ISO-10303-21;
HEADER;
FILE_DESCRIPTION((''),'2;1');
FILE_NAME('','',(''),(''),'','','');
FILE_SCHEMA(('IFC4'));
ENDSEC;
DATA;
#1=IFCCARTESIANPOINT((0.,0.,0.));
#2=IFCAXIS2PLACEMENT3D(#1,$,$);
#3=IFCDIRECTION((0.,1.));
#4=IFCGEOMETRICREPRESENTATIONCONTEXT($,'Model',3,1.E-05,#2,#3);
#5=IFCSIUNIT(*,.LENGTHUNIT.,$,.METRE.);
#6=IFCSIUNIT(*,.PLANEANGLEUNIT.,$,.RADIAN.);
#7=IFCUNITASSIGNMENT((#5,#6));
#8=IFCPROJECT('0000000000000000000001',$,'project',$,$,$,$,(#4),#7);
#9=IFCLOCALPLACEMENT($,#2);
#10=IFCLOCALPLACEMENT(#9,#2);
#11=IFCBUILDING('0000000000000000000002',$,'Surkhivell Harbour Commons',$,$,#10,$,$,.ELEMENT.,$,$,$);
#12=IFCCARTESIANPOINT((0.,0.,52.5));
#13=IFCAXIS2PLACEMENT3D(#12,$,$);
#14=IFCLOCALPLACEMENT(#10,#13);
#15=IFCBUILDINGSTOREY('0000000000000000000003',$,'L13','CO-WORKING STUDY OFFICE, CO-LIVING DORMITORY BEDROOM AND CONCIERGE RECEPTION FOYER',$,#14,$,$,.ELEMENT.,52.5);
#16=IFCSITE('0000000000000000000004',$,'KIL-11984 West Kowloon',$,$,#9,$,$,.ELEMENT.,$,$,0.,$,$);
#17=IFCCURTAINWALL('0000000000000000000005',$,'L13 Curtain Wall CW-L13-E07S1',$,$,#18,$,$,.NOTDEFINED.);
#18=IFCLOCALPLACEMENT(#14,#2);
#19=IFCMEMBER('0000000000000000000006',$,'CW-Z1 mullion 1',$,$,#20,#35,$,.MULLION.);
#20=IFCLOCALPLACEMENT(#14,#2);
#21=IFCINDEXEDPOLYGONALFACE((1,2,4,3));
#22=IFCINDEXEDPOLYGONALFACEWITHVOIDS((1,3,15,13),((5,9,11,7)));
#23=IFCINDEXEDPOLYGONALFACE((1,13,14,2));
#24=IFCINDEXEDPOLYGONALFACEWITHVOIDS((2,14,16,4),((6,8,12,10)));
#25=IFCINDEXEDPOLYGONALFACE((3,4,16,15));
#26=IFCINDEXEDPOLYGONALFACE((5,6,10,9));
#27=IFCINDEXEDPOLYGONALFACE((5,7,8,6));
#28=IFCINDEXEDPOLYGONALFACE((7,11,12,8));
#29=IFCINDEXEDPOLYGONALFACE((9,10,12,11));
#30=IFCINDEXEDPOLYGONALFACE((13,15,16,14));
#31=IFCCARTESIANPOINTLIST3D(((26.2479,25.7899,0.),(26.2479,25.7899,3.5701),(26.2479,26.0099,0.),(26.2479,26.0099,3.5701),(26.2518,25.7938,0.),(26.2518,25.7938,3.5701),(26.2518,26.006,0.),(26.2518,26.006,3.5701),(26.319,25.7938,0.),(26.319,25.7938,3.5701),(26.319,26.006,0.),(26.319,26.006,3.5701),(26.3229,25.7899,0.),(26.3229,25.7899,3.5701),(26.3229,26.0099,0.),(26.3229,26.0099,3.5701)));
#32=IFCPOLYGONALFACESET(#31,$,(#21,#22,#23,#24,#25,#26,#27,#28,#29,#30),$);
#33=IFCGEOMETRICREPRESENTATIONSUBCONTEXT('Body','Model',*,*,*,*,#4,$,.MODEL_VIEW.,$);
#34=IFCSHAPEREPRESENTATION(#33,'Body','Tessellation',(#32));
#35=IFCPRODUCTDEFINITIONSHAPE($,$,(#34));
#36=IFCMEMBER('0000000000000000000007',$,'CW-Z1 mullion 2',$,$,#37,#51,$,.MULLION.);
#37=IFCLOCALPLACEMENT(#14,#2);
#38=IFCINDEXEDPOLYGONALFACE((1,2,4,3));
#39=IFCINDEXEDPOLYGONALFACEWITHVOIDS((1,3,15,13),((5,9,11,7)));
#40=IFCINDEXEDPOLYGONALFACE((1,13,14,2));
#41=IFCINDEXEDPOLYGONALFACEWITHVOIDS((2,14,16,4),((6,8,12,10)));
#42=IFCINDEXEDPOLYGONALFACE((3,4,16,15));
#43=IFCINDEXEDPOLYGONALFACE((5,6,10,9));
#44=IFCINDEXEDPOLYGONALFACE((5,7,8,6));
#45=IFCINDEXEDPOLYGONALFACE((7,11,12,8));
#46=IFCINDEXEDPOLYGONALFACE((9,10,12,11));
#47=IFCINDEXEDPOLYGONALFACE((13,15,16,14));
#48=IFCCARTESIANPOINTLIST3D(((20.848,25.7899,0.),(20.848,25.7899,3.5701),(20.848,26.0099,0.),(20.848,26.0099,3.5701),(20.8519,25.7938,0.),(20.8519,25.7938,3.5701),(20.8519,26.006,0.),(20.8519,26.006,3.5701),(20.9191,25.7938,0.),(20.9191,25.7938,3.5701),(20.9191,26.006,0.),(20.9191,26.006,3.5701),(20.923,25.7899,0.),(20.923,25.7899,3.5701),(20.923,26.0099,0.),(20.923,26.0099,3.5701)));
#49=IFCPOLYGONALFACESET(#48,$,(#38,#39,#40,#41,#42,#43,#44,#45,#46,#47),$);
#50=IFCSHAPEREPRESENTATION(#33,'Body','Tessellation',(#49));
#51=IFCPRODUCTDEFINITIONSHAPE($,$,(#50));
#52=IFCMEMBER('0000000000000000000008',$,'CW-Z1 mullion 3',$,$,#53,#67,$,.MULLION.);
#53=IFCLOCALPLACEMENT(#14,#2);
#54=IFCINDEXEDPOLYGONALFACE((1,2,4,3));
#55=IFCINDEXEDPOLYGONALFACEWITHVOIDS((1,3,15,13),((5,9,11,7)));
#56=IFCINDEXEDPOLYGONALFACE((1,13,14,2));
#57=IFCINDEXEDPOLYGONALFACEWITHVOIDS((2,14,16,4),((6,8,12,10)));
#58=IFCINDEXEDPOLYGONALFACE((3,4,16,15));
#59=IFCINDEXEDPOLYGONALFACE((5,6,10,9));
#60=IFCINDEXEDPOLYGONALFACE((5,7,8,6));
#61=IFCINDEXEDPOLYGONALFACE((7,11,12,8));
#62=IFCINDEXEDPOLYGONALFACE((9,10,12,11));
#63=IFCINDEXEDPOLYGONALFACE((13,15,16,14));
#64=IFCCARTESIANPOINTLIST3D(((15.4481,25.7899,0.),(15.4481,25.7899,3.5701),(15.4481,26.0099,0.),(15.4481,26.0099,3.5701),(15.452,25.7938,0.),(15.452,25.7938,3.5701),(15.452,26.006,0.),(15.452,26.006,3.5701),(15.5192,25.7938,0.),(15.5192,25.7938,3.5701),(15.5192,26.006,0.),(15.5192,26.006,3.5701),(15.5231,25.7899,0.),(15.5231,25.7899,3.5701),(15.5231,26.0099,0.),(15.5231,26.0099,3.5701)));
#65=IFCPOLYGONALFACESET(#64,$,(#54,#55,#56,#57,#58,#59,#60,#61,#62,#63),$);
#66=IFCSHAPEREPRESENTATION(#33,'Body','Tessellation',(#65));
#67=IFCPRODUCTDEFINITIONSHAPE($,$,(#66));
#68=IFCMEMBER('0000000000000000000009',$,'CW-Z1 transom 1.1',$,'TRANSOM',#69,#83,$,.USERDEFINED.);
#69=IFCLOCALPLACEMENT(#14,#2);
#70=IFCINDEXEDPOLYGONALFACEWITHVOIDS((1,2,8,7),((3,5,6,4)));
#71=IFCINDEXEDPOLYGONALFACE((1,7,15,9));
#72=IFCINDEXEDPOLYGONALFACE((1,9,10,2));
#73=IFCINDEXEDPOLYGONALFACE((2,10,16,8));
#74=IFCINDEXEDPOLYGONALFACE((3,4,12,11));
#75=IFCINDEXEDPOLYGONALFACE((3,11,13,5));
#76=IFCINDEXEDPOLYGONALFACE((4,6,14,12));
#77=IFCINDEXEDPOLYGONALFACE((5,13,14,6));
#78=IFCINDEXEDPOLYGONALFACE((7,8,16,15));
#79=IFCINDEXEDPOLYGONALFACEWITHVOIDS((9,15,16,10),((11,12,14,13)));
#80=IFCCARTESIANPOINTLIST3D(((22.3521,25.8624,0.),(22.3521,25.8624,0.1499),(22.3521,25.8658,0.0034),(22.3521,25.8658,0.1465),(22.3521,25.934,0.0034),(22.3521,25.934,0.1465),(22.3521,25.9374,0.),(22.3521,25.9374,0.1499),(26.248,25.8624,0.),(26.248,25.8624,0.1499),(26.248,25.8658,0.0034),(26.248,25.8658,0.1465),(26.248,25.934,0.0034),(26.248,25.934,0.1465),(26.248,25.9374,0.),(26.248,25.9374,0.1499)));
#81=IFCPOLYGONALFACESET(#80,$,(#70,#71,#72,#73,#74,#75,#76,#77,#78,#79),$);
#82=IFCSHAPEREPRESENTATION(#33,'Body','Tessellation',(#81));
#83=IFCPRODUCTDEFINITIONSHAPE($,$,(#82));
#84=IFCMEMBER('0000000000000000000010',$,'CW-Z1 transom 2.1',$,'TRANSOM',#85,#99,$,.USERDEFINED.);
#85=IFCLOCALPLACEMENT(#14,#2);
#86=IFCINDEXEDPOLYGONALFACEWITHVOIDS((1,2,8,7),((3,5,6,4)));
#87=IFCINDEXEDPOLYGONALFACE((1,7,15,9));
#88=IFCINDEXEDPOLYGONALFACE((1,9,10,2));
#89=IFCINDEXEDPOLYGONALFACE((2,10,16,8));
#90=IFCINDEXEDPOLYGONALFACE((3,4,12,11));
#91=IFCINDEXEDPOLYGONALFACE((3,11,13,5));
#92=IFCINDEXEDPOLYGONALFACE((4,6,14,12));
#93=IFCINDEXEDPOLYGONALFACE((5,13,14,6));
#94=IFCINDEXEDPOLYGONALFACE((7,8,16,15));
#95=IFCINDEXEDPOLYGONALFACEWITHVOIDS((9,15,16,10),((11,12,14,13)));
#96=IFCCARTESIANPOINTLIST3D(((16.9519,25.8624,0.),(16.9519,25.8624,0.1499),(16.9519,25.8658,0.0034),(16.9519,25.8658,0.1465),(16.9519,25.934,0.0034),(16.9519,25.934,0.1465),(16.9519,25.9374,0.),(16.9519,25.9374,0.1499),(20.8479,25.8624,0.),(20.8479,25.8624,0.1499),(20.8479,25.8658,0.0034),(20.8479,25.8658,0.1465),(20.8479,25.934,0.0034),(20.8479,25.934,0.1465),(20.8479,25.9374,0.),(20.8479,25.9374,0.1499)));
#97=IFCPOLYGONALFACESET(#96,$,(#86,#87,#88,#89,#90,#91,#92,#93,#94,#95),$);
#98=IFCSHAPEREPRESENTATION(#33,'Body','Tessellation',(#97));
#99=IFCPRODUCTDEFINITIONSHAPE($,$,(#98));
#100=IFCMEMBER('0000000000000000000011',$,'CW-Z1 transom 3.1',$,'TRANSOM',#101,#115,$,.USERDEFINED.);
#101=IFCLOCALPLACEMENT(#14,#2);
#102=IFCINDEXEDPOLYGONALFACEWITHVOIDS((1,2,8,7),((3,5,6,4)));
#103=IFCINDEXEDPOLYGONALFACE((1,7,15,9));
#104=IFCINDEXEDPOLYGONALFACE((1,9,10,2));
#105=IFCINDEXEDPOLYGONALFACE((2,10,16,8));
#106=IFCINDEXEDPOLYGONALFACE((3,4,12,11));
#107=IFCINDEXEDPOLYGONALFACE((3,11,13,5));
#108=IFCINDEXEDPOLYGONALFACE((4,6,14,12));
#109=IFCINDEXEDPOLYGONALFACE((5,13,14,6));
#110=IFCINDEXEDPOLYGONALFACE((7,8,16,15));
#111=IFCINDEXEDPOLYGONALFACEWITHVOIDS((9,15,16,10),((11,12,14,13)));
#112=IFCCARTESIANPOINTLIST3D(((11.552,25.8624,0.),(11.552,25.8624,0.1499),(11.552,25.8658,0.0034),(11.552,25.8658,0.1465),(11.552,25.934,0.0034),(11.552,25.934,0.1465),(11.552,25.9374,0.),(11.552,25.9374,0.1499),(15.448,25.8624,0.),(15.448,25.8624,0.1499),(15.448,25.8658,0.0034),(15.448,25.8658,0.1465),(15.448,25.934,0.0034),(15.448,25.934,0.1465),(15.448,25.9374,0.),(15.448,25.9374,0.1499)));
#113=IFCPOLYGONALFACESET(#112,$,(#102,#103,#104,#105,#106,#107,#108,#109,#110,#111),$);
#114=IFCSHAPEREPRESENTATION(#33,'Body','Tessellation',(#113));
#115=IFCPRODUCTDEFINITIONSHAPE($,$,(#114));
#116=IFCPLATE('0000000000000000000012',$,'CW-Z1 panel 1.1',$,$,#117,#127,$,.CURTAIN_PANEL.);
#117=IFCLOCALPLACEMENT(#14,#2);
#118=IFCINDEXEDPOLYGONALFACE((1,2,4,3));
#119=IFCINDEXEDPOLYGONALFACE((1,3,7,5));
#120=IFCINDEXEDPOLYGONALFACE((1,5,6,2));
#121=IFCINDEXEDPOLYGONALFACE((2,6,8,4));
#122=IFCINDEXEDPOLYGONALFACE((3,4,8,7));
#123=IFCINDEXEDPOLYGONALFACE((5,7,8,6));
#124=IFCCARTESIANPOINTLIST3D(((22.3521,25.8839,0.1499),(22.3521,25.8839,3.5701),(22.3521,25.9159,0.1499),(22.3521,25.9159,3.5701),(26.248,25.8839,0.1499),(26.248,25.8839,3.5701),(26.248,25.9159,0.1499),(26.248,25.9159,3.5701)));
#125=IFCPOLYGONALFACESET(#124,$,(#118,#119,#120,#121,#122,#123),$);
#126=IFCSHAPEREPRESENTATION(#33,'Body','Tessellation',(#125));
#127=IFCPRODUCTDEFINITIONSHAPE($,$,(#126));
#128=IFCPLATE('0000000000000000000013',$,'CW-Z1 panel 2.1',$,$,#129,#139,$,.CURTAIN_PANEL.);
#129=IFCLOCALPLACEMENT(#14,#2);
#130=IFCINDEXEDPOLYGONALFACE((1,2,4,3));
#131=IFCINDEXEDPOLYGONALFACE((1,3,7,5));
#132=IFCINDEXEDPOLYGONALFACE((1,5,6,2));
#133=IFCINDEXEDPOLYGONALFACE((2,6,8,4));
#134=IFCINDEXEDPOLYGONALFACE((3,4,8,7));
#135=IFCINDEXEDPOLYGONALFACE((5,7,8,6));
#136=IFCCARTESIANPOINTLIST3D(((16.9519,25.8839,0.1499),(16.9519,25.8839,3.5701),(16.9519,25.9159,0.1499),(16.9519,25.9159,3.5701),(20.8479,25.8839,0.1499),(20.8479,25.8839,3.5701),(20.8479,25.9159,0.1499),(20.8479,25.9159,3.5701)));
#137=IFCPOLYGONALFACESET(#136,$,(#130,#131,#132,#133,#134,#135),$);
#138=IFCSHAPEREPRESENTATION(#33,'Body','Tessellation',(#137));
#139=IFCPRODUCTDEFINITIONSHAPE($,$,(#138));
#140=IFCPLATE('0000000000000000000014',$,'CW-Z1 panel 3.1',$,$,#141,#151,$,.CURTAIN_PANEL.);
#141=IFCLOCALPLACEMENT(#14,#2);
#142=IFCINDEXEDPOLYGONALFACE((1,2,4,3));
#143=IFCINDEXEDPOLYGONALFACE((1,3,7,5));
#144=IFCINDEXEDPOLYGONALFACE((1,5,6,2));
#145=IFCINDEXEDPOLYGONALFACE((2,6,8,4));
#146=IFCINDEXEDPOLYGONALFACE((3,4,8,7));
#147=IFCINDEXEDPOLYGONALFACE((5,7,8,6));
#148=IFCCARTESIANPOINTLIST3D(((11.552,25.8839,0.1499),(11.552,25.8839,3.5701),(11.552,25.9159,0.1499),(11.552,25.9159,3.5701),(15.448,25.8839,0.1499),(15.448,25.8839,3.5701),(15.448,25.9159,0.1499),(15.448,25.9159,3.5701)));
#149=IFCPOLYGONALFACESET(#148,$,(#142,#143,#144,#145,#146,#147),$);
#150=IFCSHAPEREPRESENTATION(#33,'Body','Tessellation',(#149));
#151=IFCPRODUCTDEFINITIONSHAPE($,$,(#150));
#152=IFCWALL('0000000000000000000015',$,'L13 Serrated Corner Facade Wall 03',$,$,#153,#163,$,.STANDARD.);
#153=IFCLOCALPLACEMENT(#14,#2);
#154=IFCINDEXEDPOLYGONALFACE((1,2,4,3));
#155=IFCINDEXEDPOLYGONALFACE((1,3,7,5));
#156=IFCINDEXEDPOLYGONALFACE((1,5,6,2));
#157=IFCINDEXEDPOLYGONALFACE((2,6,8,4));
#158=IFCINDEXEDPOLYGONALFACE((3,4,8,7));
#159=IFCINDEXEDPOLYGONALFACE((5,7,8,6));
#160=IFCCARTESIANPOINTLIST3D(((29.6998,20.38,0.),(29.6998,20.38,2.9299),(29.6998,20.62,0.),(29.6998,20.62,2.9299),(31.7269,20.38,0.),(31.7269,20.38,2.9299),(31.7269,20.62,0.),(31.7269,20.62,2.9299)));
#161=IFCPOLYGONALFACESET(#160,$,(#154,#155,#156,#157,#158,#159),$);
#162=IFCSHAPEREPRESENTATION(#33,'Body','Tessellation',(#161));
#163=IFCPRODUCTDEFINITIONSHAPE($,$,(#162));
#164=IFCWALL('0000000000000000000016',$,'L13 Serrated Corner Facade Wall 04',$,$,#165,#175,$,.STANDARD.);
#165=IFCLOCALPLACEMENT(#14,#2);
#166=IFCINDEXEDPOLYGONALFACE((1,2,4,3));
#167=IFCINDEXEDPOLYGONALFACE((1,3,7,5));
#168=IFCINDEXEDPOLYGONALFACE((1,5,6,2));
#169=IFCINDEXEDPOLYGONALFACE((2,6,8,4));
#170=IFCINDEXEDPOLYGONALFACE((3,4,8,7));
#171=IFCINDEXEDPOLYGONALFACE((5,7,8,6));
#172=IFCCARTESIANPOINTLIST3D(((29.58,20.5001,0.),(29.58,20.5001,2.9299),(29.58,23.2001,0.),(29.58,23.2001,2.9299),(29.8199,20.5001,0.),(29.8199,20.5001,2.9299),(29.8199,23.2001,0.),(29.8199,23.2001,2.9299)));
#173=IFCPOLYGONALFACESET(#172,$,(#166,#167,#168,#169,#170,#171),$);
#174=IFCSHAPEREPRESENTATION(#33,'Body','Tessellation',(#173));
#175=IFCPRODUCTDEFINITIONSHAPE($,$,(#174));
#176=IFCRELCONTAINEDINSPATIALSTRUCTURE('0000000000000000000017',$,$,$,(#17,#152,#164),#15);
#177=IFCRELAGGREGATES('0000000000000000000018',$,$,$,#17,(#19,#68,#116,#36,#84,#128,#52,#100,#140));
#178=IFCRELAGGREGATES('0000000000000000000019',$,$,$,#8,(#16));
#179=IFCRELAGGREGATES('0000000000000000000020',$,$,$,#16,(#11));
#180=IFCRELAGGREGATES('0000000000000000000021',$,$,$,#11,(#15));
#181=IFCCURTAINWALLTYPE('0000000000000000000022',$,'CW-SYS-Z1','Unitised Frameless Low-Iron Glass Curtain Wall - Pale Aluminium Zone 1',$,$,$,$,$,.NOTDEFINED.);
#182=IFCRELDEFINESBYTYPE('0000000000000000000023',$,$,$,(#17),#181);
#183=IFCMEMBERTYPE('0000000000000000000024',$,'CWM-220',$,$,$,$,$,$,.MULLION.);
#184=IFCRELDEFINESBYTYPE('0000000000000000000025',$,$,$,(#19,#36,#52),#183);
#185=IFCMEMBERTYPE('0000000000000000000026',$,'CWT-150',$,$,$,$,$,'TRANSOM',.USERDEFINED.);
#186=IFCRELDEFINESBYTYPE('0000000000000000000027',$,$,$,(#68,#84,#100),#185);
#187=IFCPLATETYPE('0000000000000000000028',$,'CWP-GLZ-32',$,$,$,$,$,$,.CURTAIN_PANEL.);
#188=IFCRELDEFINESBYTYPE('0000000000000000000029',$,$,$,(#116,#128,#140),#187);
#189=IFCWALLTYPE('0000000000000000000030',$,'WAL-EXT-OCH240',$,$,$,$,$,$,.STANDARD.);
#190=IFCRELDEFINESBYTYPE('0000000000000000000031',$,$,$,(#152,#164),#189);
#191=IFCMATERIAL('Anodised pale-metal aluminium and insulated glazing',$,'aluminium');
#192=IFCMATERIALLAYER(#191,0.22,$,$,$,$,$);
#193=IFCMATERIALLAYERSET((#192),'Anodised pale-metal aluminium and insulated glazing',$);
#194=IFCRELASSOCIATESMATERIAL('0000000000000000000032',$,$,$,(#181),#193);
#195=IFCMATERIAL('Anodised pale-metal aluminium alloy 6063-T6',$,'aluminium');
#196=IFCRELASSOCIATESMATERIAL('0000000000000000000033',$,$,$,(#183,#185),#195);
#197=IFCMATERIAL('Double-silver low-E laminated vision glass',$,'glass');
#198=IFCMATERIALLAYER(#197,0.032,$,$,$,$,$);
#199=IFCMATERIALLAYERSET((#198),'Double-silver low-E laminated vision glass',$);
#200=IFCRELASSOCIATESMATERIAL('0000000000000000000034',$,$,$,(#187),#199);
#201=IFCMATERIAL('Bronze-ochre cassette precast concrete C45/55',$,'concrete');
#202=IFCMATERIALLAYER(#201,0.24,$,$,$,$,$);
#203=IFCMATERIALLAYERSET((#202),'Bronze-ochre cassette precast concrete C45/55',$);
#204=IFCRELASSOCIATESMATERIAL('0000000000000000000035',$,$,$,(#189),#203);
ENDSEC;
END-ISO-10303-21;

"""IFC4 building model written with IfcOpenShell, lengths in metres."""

from ifc_helpers import new_model, si_unit, direction, frame, frame_2d, origin, origin_2d, place, context, subcontext, project, spatial, rectangle, hollow_rectangle, extrude, material, layer, layer_set, material_profile, profile_set, type_object, element, aggregate, save


model = new_model("IFC4")

# Units and contexts
model_context = context("Model", 3, precision=1e-05, world=origin(), true_north=direction((0.0, 1.0)))
body_context = subcontext(model_context, "Body", "Model", "MODEL_VIEW")
ifc_project = project(units=[si_unit("LENGTHUNIT", "METRE"), si_unit("PLANEANGLEUNIT", "RADIAN")], contexts=[model_context])

# Site, building, storey
site_placement = place(None, origin())
site = spatial("IfcSite", under=ifc_project, at=site_placement, Name="KIL-11984 West Kowloon", CompositionType="ELEMENT", RefElevation=0.0)
building_placement = place(site_placement, origin())
building = spatial("IfcBuilding", under=site, at=building_placement, Name="Surkhivell Harbour Commons", CompositionType="ELEMENT")
storey_placement = place(building_placement, frame((0.0, 0.0, 52.5)))
storey = spatial("IfcBuildingStorey", under=building, at=storey_placement, Name="L13", Description="CO-WORKING STUDY OFFICE, CO-LIVING DORMITORY BEDROOM AND CONCIERGE RECEPTION FOYER", CompositionType="ELEMENT", Elevation=52.5)

# Shared definitions
ifc_material_1 = material(Name="Anodised pale-metal aluminium and insulated glazing", Category="aluminium")
ifc_layer_1 = layer(ifc_material_1, 0.22)
ifc_layer_set_1 = layer_set([ifc_layer_1], Name="Anodised pale-metal aluminium and insulated glazing")
curtain_wall_type = type_object("IfcCurtainWallType", Name="CW-SYS-Z1", Description="Unitised Frameless Low-Iron Glass Curtain Wall - Pale Aluminium Zone 1", PredefinedType="NOTDEFINED", material=ifc_layer_set_1)
ifc_material_2 = material(Name="Anodised pale-metal aluminium alloy 6063-T6", Category="aluminium")
ifc_material_profile_1 = material_profile(ifc_material_2, hollow_rectangle(XDim=0.075, YDim=0.22, WallThickness=0.0039, at=origin_2d()), Name="ALU-MULL-75x220")
ifc_profile_set_1 = profile_set([ifc_material_profile_1], Name="Anodised pale-metal aluminium alloy 6063-T6")
member_type_1 = type_object("IfcMemberType", Name="CWM-220", PredefinedType="MULLION", material=ifc_profile_set_1)

# Curtain wall, members, plates
curtain_wall_1_placement = place(storey_placement, origin())
curtain_wall_1 = element("IfcCurtainWall", 1, at=curtain_wall_1_placement, inside=storey, type_object=curtain_wall_type, Name="L13 Curtain Wall CW-L13-E07S1", PredefinedType="NOTDEFINED")
member_1_placement = place(storey_placement, frame((26.2854, 25.8999, 0.0), z_axis=(0.0, 0.0, 1.0), x_axis=(-1.0, 0.0, 0.0)))
member_1 = element("IfcMember", 2, at=member_1_placement, type_object=member_type_1, Name="CW-Z1 mullion 1", PredefinedType="MULLION", context=body_context, shape_type="SweptSolid", body=[
    extrude(hollow_rectangle(XDim=0.075, YDim=0.22, WallThickness=0.0039, at=origin_2d()), origin(), (0.0, 0.0, 1.0), 3.5701),
])
member_2_placement = place(storey_placement, frame((20.8855, 25.8999, 0.0), z_axis=(0.0, 0.0, 1.0), x_axis=(-1.0, 0.0, 0.0)))
member_2 = element("IfcMember", 3, at=member_2_placement, type_object=member_type_1, Name="CW-Z1 mullion 2", PredefinedType="MULLION", context=body_context, shape_type="SweptSolid", body=[
    extrude(hollow_rectangle(XDim=0.075, YDim=0.22, WallThickness=0.0039, at=origin_2d()), origin(), (0.0, 0.0, 1.0), 3.5701),
])
member_3_placement = place(storey_placement, frame((15.4856, 25.8999, 0.0), z_axis=(0.0, 0.0, 1.0), x_axis=(-1.0, 0.0, 0.0)))
member_3 = element("IfcMember", 4, at=member_3_placement, type_object=member_type_1, Name="CW-Z1 mullion 3", PredefinedType="MULLION", context=body_context, shape_type="SweptSolid", body=[
    extrude(hollow_rectangle(XDim=0.075, YDim=0.22, WallThickness=0.0039, at=origin_2d()), origin(), (0.0, 0.0, 1.0), 3.5701),
])
ifc_material_profile_2 = material_profile(ifc_material_2, hollow_rectangle(XDim=0.075, YDim=0.1499, WallThickness=0.0034, at=origin_2d()), Name="ALU-TRAN-75x150")
ifc_profile_set_2 = profile_set([ifc_material_profile_2], Name="Anodised pale-metal aluminium alloy 6063-T6")
member_type_2 = type_object("IfcMemberType", Name="CWT-150", ElementType="TRANSOM", PredefinedType="USERDEFINED", material=ifc_profile_set_2)
member_4_placement = place(storey_placement, frame((26.248, 25.8999, 0.075), z_axis=(-1.0, 0.0, 0.0), x_axis=(0.0, -1.0, 0.0)))
member_4 = element("IfcMember", 5, at=member_4_placement, type_object=member_type_2, Name="CW-Z1 transom 1.1", ObjectType="TRANSOM", PredefinedType="USERDEFINED", context=body_context, shape_type="SweptSolid", body=[
    extrude(hollow_rectangle(XDim=0.075, YDim=0.1499, WallThickness=0.0034, at=origin_2d()), origin(), (0.0, 0.0, 1.0), 3.896),
])
member_5_placement = place(storey_placement, frame((20.8479, 25.8999, 0.075), z_axis=(-1.0, 0.0, 0.0), x_axis=(0.0, -1.0, 0.0)))
member_5 = element("IfcMember", 6, at=member_5_placement, type_object=member_type_2, Name="CW-Z1 transom 2.1", ObjectType="TRANSOM", PredefinedType="USERDEFINED", context=body_context, shape_type="SweptSolid", body=[
    extrude(hollow_rectangle(XDim=0.075, YDim=0.1499, WallThickness=0.0034, at=origin_2d()), origin(), (0.0, 0.0, 1.0), 3.896),
])
member_6_placement = place(storey_placement, frame((15.448, 25.8999, 0.075), z_axis=(-1.0, 0.0, 0.0), x_axis=(0.0, -1.0, 0.0)))
member_6 = element("IfcMember", 7, at=member_6_placement, type_object=member_type_2, Name="CW-Z1 transom 3.1", ObjectType="TRANSOM", PredefinedType="USERDEFINED", context=body_context, shape_type="SweptSolid", body=[
    extrude(hollow_rectangle(XDim=0.075, YDim=0.1499, WallThickness=0.0034, at=origin_2d()), origin(), (0.0, 0.0, 1.0), 3.896),
])
ifc_material_3 = material(Name="Double-silver low-E laminated vision glass", Category="glass")
ifc_layer_2 = layer(ifc_material_3, 0.032)
ifc_layer_set_2 = layer_set([ifc_layer_2], Name="Double-silver low-E laminated vision glass")
plate_type = type_object("IfcPlateType", Name="CWP-GLZ-32", PredefinedType="CURTAIN_PANEL", material=ifc_layer_set_2)
plate_1_placement = place(storey_placement, frame((26.248, 25.8999, 0.1499), z_axis=(0.0, 0.0, 1.0), x_axis=(-1.0, 0.0, 0.0)))
plate_1 = element("IfcPlate", 8, at=plate_1_placement, type_object=plate_type, Name="CW-Z1 panel 1.1", PredefinedType="CURTAIN_PANEL", context=body_context, shape_type="SweptSolid", body=[
    extrude(rectangle(XDim=3.896, YDim=0.032, at=frame_2d((1.948, 0.0))), origin(), (0.0, 0.0, 1.0), 3.4202),
])
plate_2_placement = place(storey_placement, frame((20.8479, 25.8999, 0.1499), z_axis=(0.0, 0.0, 1.0), x_axis=(-1.0, 0.0, 0.0)))
plate_2 = element("IfcPlate", 9, at=plate_2_placement, type_object=plate_type, Name="CW-Z1 panel 2.1", PredefinedType="CURTAIN_PANEL", context=body_context, shape_type="SweptSolid", body=[
    extrude(rectangle(XDim=3.896, YDim=0.032, at=frame_2d((1.948, 0.0))), origin(), (0.0, 0.0, 1.0), 3.4202),
])
plate_3_placement = place(storey_placement, frame((15.448, 25.8999, 0.1499), z_axis=(0.0, 0.0, 1.0), x_axis=(-1.0, 0.0, 0.0)))
plate_3 = element("IfcPlate", 10, at=plate_3_placement, type_object=plate_type, Name="CW-Z1 panel 3.1", PredefinedType="CURTAIN_PANEL", context=body_context, shape_type="SweptSolid", body=[
    extrude(rectangle(XDim=3.896, YDim=0.032, at=frame_2d((1.948, 0.0))), origin(), (0.0, 0.0, 1.0), 3.4202),
])
aggregate(curtain_wall_1, [member_1, member_4, plate_1, member_2, member_5, plate_2, member_3, member_6, plate_3])

# Walls
ifc_material_4 = material(Name="Bronze-ochre cassette precast concrete C45/55", Category="concrete")
ifc_layer_3 = layer(ifc_material_4, 0.24)
ifc_layer_set_3 = layer_set([ifc_layer_3], Name="Bronze-ochre cassette precast concrete C45/55")
wall_type = type_object("IfcWallType", Name="WAL-EXT-OCH240", PredefinedType="STANDARD", material=ifc_layer_set_3)
wall_1_placement = place(storey_placement, frame((31.7271, 20.5, 0.0), z_axis=(0.0, 0.0, 1.0), x_axis=(-1.0, 0.0, 0.0)))
element("IfcWall", 11, at=wall_1_placement, inside=storey, type_object=wall_type, Name="L13 Serrated Corner Facade Wall 03", PredefinedType="STANDARD", context=body_context, shape_type="SweptSolid", body=[
    extrude(rectangle(XDim=2.0271, YDim=0.24, at=frame_2d((1.0137, 0.0))), origin(), (0.0, 0.0, 1.0), 2.9299),
])
wall_2_placement = place(storey_placement, frame((29.7, 20.5, 0.0), z_axis=(0.0, 0.0, 1.0), x_axis=(0.0, 1.0, 0.0)))
element("IfcWall", 12, at=wall_2_placement, inside=storey, type_object=wall_type, Name="L13 Serrated Corner Facade Wall 04", PredefinedType="STANDARD", context=body_context, shape_type="SweptSolid", body=[
    extrude(rectangle(XDim=2.7, YDim=0.24, at=frame_2d((1.3501, 0.0))), origin(), (0.0, 0.0, 1.0), 2.9299),
])

save(model, "model.ifc")
